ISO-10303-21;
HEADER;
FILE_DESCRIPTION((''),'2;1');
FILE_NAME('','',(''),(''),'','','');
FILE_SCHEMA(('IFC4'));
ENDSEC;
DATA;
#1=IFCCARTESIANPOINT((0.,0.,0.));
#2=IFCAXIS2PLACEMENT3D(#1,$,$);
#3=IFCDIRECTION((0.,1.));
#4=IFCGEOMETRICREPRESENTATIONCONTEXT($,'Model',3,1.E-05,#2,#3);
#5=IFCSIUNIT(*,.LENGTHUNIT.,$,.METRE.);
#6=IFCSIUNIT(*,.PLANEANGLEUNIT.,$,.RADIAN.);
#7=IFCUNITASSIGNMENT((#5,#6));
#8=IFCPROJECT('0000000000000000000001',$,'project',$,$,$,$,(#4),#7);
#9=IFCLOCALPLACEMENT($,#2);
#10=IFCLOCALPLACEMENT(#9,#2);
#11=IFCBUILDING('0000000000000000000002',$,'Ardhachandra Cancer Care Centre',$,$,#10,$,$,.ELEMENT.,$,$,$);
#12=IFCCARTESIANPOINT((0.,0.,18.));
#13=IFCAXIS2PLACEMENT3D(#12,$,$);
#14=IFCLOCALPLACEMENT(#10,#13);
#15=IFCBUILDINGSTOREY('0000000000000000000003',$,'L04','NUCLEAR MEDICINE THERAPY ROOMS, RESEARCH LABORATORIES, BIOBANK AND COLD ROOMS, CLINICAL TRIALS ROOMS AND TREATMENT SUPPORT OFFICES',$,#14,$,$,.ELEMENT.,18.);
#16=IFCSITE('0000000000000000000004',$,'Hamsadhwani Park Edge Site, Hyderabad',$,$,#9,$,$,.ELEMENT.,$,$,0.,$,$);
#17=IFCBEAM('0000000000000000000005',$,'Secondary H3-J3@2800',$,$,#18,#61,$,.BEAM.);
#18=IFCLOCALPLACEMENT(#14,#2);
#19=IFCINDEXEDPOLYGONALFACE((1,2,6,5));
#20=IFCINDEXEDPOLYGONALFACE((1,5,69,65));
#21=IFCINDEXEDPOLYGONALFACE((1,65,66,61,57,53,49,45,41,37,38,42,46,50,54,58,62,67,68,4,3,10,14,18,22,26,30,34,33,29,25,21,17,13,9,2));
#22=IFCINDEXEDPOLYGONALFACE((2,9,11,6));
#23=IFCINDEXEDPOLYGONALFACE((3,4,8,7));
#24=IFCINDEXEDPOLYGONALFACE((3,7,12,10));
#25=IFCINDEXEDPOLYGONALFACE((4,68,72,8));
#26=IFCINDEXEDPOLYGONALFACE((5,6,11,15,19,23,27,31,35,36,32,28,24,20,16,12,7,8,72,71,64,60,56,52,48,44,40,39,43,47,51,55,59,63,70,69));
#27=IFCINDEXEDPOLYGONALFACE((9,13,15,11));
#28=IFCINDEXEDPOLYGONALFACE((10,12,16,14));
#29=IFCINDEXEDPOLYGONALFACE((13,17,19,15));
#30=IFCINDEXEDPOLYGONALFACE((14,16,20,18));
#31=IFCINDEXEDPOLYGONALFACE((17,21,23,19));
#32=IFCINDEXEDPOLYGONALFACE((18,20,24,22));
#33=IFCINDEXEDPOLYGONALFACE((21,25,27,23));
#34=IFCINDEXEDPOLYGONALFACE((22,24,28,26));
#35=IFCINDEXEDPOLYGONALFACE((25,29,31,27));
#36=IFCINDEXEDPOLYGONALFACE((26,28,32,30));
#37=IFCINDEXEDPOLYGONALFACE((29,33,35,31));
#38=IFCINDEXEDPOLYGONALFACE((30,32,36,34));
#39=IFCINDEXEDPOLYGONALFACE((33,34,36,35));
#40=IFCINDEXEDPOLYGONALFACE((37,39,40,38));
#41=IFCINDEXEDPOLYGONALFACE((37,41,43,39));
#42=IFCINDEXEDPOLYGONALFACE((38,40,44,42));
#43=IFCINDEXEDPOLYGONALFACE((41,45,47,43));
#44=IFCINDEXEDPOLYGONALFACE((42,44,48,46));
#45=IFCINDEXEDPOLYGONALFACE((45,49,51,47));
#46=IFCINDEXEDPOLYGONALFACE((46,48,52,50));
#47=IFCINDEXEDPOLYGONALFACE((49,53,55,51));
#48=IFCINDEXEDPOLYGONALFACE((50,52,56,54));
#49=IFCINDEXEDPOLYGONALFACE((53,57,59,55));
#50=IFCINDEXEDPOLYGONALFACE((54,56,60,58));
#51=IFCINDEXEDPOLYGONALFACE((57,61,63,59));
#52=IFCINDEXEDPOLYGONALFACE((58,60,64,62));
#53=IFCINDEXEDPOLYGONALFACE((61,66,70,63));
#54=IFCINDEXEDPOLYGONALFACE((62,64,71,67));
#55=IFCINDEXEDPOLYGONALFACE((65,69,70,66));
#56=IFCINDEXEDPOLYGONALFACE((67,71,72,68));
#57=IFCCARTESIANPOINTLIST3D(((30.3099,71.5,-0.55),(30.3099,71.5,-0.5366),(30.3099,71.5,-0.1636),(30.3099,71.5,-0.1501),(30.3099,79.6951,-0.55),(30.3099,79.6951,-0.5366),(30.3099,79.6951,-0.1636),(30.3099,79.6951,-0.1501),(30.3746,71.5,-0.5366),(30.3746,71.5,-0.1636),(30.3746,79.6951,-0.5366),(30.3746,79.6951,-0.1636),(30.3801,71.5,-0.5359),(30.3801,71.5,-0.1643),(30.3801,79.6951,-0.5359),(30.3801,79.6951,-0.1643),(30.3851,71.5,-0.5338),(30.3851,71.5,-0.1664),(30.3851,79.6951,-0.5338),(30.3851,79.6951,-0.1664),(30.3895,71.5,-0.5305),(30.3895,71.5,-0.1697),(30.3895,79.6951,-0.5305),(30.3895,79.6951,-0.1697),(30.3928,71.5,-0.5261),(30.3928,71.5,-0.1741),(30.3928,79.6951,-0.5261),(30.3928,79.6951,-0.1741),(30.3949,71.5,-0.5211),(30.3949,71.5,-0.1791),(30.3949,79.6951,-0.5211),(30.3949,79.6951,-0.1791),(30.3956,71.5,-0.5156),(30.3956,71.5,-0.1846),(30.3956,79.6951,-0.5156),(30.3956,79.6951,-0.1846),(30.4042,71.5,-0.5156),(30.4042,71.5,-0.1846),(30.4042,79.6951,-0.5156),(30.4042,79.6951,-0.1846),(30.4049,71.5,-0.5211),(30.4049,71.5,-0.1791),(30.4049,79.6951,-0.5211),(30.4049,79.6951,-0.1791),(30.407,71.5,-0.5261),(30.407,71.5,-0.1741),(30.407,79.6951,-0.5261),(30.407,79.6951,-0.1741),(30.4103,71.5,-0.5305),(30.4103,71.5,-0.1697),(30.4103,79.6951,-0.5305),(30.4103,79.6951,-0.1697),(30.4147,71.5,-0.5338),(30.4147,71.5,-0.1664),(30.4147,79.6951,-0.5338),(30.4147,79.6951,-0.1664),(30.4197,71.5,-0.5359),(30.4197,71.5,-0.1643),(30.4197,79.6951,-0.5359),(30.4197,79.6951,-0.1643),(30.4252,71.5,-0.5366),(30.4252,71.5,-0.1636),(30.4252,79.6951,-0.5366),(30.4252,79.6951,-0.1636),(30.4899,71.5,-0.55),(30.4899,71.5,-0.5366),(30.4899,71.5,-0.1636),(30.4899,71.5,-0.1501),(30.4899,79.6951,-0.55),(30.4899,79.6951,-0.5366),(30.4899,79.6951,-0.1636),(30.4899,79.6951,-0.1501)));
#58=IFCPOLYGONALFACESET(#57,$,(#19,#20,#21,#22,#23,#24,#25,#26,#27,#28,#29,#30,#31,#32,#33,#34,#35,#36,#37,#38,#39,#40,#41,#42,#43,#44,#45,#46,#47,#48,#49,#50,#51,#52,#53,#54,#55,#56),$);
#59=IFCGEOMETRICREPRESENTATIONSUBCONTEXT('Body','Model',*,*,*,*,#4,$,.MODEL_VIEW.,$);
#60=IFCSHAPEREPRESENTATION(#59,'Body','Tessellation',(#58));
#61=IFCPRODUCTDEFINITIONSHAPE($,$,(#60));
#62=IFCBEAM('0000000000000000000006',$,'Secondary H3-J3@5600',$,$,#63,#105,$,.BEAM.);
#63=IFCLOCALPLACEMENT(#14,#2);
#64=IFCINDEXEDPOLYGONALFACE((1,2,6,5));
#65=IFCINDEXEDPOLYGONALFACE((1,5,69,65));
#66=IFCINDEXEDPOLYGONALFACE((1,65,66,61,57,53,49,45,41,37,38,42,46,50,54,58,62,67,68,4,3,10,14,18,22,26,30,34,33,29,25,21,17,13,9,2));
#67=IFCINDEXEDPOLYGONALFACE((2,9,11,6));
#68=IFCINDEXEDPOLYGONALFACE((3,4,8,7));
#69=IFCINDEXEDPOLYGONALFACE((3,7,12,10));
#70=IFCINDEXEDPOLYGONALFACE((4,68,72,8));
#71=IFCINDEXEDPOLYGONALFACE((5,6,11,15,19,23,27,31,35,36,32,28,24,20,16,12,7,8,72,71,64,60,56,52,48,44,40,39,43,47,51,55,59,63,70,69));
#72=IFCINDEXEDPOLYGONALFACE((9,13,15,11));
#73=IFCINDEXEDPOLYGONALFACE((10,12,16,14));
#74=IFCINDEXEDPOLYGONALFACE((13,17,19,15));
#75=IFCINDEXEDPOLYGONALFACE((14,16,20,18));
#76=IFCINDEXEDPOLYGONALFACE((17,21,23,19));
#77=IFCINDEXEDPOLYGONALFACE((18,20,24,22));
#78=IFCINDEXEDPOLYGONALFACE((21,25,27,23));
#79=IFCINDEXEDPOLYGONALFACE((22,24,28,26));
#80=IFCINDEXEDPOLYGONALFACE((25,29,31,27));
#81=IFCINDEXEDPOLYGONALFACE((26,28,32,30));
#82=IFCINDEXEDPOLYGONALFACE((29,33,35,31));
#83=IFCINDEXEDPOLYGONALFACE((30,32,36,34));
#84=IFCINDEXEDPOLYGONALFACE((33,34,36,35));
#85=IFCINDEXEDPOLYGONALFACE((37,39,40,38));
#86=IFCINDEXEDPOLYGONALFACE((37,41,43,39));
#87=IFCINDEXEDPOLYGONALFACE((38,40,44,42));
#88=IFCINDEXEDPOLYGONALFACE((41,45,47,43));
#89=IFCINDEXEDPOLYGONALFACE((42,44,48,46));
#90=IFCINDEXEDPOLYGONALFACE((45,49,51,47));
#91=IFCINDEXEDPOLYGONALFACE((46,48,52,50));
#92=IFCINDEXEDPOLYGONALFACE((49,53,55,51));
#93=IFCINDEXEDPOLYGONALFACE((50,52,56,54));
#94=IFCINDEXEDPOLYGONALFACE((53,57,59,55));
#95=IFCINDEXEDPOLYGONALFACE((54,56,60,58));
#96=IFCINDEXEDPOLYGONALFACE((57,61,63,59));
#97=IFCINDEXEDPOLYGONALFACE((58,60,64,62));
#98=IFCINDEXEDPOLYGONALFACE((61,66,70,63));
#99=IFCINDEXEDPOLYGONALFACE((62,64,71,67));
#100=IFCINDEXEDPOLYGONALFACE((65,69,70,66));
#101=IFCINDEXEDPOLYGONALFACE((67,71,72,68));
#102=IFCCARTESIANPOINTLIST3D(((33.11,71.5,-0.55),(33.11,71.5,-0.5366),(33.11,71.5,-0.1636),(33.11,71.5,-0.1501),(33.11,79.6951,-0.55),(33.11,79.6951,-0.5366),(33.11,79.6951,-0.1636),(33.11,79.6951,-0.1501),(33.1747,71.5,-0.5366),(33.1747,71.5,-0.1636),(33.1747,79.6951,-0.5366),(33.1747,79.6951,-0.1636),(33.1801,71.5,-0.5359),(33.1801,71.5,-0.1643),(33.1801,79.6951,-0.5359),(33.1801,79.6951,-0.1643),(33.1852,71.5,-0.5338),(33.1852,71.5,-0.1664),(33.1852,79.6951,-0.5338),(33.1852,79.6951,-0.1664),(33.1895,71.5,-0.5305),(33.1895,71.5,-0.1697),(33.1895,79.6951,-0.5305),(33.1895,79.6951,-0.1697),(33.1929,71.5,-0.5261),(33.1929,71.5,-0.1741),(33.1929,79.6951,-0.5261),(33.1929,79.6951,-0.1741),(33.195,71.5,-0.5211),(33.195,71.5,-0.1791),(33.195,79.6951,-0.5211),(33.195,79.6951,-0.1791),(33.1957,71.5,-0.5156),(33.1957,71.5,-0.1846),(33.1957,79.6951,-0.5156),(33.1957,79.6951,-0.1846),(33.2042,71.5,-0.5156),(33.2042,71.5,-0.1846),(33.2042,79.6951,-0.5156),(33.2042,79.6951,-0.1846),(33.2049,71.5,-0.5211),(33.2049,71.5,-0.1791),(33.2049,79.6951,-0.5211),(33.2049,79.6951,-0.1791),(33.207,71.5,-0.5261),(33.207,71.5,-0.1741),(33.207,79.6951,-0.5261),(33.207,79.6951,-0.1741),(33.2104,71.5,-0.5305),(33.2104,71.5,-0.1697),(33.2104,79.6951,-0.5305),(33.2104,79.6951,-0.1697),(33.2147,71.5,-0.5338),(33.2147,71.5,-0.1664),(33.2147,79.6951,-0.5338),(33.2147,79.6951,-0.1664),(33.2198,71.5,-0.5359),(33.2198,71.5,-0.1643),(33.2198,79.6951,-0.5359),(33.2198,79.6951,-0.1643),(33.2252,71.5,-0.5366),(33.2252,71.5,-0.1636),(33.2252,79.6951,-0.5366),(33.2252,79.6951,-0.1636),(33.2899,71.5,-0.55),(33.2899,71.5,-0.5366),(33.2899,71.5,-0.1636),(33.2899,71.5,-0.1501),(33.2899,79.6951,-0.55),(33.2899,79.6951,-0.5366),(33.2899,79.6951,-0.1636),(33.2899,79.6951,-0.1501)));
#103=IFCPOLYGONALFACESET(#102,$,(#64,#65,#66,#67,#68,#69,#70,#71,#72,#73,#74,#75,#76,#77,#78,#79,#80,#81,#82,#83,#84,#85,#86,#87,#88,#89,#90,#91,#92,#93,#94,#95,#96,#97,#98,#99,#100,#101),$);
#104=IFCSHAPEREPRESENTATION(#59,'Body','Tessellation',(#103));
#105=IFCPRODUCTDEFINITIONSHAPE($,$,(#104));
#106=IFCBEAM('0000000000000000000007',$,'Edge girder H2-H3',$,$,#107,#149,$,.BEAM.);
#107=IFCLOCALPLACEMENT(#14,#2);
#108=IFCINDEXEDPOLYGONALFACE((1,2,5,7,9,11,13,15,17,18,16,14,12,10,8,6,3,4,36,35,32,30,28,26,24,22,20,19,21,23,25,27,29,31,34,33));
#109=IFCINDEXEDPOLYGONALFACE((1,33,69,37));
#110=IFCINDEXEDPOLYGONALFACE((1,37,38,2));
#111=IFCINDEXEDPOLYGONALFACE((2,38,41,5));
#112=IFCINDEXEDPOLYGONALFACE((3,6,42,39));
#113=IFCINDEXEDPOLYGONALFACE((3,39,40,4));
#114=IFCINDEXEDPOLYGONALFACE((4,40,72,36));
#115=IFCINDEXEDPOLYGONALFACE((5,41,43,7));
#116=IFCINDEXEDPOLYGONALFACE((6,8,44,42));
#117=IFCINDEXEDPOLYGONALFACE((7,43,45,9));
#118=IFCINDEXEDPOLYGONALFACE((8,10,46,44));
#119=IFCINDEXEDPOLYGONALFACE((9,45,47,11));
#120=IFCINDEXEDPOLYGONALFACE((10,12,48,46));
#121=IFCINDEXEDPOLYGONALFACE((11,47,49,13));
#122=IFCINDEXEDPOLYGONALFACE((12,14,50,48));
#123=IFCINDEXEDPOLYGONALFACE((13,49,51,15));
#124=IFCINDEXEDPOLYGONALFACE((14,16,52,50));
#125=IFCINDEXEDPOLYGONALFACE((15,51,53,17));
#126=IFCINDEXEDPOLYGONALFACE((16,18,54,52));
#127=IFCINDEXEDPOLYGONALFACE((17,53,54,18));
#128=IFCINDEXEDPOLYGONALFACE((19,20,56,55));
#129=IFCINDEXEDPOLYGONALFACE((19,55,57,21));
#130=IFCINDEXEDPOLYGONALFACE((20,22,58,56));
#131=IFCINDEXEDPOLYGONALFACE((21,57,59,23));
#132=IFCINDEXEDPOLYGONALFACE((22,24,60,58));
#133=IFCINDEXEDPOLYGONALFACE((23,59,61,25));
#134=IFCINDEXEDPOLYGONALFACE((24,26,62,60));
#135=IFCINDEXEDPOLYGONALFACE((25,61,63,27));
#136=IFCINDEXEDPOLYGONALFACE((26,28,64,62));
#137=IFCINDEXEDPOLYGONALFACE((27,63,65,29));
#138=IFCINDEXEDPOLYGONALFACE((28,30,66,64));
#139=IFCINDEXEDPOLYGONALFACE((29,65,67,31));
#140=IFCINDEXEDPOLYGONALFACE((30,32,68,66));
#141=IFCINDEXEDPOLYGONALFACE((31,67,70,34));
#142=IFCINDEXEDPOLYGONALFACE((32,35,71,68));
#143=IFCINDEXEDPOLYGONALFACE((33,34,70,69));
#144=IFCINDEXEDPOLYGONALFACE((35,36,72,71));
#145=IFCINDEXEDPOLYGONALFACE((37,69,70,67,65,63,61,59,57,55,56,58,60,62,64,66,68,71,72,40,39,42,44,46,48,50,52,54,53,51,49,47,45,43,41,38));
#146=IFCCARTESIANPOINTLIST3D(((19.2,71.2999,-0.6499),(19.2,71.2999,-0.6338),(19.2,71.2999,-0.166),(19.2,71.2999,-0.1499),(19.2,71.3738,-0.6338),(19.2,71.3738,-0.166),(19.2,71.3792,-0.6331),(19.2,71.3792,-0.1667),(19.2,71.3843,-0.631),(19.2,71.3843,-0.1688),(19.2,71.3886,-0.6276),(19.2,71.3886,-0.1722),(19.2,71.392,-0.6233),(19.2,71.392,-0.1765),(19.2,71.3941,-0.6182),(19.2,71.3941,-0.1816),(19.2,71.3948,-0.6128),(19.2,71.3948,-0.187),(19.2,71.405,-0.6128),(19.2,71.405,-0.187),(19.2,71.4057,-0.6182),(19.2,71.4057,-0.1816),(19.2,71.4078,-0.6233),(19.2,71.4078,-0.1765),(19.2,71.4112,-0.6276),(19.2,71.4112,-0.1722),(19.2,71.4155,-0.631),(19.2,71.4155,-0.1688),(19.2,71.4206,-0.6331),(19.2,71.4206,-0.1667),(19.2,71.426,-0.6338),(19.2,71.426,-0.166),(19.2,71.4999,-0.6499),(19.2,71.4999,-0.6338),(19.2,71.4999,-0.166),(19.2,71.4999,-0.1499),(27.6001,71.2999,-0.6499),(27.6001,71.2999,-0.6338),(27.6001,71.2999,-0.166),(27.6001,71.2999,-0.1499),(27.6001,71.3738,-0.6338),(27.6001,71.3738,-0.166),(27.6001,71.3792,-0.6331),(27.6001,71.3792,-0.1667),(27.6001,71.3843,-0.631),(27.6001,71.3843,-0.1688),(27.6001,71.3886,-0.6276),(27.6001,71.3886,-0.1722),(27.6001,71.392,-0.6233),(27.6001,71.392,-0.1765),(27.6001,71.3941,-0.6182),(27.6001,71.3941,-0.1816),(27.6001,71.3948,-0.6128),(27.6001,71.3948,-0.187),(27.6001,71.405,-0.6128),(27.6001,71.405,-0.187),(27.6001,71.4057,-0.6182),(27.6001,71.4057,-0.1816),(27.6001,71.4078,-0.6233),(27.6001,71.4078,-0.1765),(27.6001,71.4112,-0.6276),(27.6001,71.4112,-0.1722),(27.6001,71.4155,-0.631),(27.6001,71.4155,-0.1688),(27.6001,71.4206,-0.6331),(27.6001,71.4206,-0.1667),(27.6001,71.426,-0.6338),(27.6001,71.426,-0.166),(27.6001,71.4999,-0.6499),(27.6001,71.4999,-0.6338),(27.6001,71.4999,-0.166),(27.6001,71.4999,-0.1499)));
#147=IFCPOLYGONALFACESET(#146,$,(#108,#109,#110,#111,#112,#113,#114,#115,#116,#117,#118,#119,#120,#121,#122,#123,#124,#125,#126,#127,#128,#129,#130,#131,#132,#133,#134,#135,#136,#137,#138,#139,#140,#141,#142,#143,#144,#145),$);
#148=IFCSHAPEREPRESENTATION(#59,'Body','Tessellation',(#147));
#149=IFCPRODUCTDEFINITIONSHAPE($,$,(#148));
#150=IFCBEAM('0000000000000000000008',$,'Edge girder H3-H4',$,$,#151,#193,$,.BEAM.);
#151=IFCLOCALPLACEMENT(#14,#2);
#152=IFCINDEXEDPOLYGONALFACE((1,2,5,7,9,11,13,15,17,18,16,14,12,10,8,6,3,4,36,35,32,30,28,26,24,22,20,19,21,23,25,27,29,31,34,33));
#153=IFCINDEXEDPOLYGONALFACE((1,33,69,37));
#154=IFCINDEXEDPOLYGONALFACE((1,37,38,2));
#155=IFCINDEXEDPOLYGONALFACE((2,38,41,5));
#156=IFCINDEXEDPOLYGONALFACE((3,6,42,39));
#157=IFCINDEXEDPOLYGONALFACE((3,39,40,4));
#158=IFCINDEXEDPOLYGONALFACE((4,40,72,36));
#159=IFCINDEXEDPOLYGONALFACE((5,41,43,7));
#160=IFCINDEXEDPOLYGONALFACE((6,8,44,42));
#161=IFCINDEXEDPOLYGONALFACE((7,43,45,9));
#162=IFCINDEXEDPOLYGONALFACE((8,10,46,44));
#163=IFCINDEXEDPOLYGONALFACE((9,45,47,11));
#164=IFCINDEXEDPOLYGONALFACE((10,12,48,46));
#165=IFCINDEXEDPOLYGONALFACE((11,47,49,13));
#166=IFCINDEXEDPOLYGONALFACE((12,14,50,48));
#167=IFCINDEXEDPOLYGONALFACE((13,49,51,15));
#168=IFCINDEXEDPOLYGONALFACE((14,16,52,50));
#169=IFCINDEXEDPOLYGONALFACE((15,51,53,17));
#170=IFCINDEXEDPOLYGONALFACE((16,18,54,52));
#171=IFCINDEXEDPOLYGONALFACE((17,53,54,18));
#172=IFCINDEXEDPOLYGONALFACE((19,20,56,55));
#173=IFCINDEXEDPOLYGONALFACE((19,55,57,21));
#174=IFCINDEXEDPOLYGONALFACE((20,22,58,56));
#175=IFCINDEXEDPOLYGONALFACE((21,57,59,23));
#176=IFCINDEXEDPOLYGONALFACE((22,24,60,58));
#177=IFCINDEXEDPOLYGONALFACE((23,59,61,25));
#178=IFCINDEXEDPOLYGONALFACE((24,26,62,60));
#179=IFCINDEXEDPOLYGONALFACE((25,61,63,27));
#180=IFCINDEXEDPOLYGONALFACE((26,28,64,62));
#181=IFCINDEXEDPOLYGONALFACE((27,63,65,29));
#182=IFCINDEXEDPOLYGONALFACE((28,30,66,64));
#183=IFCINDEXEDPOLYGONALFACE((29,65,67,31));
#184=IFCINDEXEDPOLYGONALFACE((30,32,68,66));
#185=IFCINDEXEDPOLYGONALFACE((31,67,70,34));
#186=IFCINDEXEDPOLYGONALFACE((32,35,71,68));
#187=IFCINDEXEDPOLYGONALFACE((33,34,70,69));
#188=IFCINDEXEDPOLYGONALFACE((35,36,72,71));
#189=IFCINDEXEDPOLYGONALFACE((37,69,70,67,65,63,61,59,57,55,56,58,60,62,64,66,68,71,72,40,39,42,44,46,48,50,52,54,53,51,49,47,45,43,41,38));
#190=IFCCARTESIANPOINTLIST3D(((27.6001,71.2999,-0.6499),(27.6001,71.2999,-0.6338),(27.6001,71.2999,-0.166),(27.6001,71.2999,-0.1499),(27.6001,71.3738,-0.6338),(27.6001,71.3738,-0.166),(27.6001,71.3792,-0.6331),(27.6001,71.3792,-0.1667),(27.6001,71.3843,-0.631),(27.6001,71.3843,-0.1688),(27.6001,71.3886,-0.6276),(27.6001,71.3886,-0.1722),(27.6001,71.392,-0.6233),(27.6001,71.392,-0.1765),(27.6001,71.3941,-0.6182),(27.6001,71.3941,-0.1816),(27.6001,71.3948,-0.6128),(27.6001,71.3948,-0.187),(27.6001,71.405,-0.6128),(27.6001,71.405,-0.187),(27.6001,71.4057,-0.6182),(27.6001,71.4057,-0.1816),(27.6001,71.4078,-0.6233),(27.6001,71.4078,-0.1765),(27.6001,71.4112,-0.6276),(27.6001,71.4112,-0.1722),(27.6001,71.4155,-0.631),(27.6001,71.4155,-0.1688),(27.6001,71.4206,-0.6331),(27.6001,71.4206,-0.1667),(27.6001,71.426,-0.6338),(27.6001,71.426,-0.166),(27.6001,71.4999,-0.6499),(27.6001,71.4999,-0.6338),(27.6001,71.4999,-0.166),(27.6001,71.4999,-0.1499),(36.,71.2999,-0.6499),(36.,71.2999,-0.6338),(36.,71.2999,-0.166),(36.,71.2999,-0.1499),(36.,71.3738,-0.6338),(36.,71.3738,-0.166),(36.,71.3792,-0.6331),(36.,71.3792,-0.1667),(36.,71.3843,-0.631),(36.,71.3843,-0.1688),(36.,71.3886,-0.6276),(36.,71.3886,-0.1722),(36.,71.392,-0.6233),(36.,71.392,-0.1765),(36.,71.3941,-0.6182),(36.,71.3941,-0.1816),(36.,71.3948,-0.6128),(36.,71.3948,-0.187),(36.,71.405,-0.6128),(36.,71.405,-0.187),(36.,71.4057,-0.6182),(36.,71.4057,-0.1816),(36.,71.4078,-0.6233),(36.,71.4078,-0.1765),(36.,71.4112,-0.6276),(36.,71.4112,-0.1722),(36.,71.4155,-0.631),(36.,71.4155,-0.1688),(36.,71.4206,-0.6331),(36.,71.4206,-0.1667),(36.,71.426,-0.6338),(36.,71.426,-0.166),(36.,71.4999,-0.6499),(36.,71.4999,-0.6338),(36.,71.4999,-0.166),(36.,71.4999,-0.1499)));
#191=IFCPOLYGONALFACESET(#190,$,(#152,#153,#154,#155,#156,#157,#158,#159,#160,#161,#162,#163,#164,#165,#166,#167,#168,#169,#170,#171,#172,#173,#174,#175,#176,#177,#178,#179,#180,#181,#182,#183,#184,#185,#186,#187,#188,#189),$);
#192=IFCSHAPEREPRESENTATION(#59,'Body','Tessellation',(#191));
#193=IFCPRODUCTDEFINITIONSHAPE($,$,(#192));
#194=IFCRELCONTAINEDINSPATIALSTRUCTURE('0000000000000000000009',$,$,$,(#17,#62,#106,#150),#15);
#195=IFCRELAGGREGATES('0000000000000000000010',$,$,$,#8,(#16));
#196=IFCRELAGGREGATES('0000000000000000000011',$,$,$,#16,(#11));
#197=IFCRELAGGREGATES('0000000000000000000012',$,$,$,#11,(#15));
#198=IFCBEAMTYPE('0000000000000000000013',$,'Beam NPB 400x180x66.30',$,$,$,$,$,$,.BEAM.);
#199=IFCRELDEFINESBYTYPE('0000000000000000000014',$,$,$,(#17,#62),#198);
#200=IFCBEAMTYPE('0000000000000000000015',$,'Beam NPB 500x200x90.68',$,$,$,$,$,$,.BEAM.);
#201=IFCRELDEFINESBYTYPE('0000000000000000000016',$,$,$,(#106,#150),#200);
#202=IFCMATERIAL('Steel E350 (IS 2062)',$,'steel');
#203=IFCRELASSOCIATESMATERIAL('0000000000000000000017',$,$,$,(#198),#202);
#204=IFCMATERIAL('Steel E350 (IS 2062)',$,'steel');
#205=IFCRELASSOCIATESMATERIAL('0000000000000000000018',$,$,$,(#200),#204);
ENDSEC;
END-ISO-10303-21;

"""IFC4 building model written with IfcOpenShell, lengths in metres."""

from ifc_helpers import new_model, si_unit, direction, frame, origin, origin_2d, place, context, subcontext, project, spatial, i_section, extrude, material, material_profile, profile_set, type_object, element, save


model = new_model("IFC4")

# Units and contexts
model_context = context("Model", 3, precision=1e-05, world=origin(), true_north=direction((0.0, 1.0)))
body_context = subcontext(model_context, "Body", "Model", "MODEL_VIEW")
ifc_project = project(units=[si_unit("LENGTHUNIT", "METRE"), si_unit("PLANEANGLEUNIT", "RADIAN")], contexts=[model_context])

# Site, building, storey
site_placement = place(None, origin())
site = spatial("IfcSite", under=ifc_project, at=site_placement, Name="Hamsadhwani Park Edge Site, Hyderabad", CompositionType="ELEMENT", RefElevation=0.0)
building_placement = place(site_placement, origin())
building = spatial("IfcBuilding", under=site, at=building_placement, Name="Ardhachandra Cancer Care Centre", CompositionType="ELEMENT")
storey_placement = place(building_placement, frame((0.0, 0.0, 18.0)))
storey = spatial("IfcBuildingStorey", under=building, at=storey_placement, Name="L04", Description="NUCLEAR MEDICINE THERAPY ROOMS, RESEARCH LABORATORIES, BIOBANK AND COLD ROOMS, CLINICAL TRIALS ROOMS AND TREATMENT SUPPORT OFFICES", CompositionType="ELEMENT", Elevation=18.0)

# Beams
ifc_material_1 = material(Name="Steel E350 (IS 2062)", Category="steel")
ifc_material_profile_1 = material_profile(ifc_material_1, i_section(OverallWidth=0.1799, OverallDepth=0.3999, WebThickness=0.0085, FlangeThickness=0.0134, FilletRadius=0.021, at=origin_2d()), Name="NPB 400x180x66.30")
ifc_profile_set_1 = profile_set([ifc_material_profile_1], Name="Steel E350 (IS 2062)")
beam_type_1 = type_object("IfcBeamType", Name="Beam NPB 400x180x66.30", PredefinedType="BEAM", material=ifc_profile_set_1)
for number, where, z_axis, x_axis, name in (
    (1, (30.3999, 71.5, -0.3501), (0.0, 1.0, 0.0), (-1.0, 0.0, 0.0), "Secondary H3-J3@2800"),
    (2, (33.2, 71.5, -0.3501), (0.0, 1.0, 0.0), (-1.0, 0.0, 0.0), "Secondary H3-J3@5600"),
):
    element("IfcBeam", number, at=place(storey_placement, frame(where, z_axis=z_axis, x_axis=x_axis)), inside=storey, type_object=beam_type_1, Name=name, PredefinedType="BEAM", context=body_context, shape_type="SweptSolid", body=[
        extrude(i_section(OverallWidth=0.1799, OverallDepth=0.3999, WebThickness=0.0085, FlangeThickness=0.0134, FilletRadius=0.021, at=origin_2d()), origin(), (0.0, 0.0, 1.0), 8.1951),
    ])
ifc_material_2 = material(Name="Steel E350 (IS 2062)", Category="steel")
ifc_material_profile_2 = material_profile(ifc_material_2, i_section(OverallWidth=0.2, OverallDepth=0.5, WebThickness=0.0103, FlangeThickness=0.0161, FilletRadius=0.021, at=origin_2d()), Name="NPB 500x200x90.68")
ifc_profile_set_2 = profile_set([ifc_material_profile_2], Name="Steel E350 (IS 2062)")
beam_type_2 = type_object("IfcBeamType", Name="Beam NPB 500x200x90.68", PredefinedType="BEAM", material=ifc_profile_set_2)
beam_placement = place(storey_placement, frame((19.2, 71.3999, -0.3999), z_axis=(1.0, 0.0, 0.0), x_axis=(0.0, 1.0, 0.0)))
element("IfcBeam", 3, at=beam_placement, inside=storey, type_object=beam_type_2, Name="Edge girder H2-H3", PredefinedType="BEAM", context=body_context, shape_type="SweptSolid", body=[
    extrude(i_section(OverallWidth=0.2, OverallDepth=0.5, WebThickness=0.0103, FlangeThickness=0.0161, FilletRadius=0.021, at=origin_2d()), origin(), (0.0, 0.0, 1.0), 8.4001),
])
for number, where, z_axis, x_axis, name in (
    (4, (27.6001, 71.3999, -0.3999), (1.0, 0.0, 0.0), (0.0, 1.0, 0.0), "Edge girder H3-H4"),
):
    element("IfcBeam", number, at=place(storey_placement, frame(where, z_axis=z_axis, x_axis=x_axis)), inside=storey, type_object=beam_type_2, Name=name, PredefinedType="BEAM", context=body_context, shape_type="SweptSolid", body=[
        extrude(i_section(OverallWidth=0.2, OverallDepth=0.5, WebThickness=0.0103, FlangeThickness=0.0161, FilletRadius=0.021, at=origin_2d()), origin(), (0.0, 0.0, 1.0), 8.3999),
    ])

save(model, "model.ifc")
